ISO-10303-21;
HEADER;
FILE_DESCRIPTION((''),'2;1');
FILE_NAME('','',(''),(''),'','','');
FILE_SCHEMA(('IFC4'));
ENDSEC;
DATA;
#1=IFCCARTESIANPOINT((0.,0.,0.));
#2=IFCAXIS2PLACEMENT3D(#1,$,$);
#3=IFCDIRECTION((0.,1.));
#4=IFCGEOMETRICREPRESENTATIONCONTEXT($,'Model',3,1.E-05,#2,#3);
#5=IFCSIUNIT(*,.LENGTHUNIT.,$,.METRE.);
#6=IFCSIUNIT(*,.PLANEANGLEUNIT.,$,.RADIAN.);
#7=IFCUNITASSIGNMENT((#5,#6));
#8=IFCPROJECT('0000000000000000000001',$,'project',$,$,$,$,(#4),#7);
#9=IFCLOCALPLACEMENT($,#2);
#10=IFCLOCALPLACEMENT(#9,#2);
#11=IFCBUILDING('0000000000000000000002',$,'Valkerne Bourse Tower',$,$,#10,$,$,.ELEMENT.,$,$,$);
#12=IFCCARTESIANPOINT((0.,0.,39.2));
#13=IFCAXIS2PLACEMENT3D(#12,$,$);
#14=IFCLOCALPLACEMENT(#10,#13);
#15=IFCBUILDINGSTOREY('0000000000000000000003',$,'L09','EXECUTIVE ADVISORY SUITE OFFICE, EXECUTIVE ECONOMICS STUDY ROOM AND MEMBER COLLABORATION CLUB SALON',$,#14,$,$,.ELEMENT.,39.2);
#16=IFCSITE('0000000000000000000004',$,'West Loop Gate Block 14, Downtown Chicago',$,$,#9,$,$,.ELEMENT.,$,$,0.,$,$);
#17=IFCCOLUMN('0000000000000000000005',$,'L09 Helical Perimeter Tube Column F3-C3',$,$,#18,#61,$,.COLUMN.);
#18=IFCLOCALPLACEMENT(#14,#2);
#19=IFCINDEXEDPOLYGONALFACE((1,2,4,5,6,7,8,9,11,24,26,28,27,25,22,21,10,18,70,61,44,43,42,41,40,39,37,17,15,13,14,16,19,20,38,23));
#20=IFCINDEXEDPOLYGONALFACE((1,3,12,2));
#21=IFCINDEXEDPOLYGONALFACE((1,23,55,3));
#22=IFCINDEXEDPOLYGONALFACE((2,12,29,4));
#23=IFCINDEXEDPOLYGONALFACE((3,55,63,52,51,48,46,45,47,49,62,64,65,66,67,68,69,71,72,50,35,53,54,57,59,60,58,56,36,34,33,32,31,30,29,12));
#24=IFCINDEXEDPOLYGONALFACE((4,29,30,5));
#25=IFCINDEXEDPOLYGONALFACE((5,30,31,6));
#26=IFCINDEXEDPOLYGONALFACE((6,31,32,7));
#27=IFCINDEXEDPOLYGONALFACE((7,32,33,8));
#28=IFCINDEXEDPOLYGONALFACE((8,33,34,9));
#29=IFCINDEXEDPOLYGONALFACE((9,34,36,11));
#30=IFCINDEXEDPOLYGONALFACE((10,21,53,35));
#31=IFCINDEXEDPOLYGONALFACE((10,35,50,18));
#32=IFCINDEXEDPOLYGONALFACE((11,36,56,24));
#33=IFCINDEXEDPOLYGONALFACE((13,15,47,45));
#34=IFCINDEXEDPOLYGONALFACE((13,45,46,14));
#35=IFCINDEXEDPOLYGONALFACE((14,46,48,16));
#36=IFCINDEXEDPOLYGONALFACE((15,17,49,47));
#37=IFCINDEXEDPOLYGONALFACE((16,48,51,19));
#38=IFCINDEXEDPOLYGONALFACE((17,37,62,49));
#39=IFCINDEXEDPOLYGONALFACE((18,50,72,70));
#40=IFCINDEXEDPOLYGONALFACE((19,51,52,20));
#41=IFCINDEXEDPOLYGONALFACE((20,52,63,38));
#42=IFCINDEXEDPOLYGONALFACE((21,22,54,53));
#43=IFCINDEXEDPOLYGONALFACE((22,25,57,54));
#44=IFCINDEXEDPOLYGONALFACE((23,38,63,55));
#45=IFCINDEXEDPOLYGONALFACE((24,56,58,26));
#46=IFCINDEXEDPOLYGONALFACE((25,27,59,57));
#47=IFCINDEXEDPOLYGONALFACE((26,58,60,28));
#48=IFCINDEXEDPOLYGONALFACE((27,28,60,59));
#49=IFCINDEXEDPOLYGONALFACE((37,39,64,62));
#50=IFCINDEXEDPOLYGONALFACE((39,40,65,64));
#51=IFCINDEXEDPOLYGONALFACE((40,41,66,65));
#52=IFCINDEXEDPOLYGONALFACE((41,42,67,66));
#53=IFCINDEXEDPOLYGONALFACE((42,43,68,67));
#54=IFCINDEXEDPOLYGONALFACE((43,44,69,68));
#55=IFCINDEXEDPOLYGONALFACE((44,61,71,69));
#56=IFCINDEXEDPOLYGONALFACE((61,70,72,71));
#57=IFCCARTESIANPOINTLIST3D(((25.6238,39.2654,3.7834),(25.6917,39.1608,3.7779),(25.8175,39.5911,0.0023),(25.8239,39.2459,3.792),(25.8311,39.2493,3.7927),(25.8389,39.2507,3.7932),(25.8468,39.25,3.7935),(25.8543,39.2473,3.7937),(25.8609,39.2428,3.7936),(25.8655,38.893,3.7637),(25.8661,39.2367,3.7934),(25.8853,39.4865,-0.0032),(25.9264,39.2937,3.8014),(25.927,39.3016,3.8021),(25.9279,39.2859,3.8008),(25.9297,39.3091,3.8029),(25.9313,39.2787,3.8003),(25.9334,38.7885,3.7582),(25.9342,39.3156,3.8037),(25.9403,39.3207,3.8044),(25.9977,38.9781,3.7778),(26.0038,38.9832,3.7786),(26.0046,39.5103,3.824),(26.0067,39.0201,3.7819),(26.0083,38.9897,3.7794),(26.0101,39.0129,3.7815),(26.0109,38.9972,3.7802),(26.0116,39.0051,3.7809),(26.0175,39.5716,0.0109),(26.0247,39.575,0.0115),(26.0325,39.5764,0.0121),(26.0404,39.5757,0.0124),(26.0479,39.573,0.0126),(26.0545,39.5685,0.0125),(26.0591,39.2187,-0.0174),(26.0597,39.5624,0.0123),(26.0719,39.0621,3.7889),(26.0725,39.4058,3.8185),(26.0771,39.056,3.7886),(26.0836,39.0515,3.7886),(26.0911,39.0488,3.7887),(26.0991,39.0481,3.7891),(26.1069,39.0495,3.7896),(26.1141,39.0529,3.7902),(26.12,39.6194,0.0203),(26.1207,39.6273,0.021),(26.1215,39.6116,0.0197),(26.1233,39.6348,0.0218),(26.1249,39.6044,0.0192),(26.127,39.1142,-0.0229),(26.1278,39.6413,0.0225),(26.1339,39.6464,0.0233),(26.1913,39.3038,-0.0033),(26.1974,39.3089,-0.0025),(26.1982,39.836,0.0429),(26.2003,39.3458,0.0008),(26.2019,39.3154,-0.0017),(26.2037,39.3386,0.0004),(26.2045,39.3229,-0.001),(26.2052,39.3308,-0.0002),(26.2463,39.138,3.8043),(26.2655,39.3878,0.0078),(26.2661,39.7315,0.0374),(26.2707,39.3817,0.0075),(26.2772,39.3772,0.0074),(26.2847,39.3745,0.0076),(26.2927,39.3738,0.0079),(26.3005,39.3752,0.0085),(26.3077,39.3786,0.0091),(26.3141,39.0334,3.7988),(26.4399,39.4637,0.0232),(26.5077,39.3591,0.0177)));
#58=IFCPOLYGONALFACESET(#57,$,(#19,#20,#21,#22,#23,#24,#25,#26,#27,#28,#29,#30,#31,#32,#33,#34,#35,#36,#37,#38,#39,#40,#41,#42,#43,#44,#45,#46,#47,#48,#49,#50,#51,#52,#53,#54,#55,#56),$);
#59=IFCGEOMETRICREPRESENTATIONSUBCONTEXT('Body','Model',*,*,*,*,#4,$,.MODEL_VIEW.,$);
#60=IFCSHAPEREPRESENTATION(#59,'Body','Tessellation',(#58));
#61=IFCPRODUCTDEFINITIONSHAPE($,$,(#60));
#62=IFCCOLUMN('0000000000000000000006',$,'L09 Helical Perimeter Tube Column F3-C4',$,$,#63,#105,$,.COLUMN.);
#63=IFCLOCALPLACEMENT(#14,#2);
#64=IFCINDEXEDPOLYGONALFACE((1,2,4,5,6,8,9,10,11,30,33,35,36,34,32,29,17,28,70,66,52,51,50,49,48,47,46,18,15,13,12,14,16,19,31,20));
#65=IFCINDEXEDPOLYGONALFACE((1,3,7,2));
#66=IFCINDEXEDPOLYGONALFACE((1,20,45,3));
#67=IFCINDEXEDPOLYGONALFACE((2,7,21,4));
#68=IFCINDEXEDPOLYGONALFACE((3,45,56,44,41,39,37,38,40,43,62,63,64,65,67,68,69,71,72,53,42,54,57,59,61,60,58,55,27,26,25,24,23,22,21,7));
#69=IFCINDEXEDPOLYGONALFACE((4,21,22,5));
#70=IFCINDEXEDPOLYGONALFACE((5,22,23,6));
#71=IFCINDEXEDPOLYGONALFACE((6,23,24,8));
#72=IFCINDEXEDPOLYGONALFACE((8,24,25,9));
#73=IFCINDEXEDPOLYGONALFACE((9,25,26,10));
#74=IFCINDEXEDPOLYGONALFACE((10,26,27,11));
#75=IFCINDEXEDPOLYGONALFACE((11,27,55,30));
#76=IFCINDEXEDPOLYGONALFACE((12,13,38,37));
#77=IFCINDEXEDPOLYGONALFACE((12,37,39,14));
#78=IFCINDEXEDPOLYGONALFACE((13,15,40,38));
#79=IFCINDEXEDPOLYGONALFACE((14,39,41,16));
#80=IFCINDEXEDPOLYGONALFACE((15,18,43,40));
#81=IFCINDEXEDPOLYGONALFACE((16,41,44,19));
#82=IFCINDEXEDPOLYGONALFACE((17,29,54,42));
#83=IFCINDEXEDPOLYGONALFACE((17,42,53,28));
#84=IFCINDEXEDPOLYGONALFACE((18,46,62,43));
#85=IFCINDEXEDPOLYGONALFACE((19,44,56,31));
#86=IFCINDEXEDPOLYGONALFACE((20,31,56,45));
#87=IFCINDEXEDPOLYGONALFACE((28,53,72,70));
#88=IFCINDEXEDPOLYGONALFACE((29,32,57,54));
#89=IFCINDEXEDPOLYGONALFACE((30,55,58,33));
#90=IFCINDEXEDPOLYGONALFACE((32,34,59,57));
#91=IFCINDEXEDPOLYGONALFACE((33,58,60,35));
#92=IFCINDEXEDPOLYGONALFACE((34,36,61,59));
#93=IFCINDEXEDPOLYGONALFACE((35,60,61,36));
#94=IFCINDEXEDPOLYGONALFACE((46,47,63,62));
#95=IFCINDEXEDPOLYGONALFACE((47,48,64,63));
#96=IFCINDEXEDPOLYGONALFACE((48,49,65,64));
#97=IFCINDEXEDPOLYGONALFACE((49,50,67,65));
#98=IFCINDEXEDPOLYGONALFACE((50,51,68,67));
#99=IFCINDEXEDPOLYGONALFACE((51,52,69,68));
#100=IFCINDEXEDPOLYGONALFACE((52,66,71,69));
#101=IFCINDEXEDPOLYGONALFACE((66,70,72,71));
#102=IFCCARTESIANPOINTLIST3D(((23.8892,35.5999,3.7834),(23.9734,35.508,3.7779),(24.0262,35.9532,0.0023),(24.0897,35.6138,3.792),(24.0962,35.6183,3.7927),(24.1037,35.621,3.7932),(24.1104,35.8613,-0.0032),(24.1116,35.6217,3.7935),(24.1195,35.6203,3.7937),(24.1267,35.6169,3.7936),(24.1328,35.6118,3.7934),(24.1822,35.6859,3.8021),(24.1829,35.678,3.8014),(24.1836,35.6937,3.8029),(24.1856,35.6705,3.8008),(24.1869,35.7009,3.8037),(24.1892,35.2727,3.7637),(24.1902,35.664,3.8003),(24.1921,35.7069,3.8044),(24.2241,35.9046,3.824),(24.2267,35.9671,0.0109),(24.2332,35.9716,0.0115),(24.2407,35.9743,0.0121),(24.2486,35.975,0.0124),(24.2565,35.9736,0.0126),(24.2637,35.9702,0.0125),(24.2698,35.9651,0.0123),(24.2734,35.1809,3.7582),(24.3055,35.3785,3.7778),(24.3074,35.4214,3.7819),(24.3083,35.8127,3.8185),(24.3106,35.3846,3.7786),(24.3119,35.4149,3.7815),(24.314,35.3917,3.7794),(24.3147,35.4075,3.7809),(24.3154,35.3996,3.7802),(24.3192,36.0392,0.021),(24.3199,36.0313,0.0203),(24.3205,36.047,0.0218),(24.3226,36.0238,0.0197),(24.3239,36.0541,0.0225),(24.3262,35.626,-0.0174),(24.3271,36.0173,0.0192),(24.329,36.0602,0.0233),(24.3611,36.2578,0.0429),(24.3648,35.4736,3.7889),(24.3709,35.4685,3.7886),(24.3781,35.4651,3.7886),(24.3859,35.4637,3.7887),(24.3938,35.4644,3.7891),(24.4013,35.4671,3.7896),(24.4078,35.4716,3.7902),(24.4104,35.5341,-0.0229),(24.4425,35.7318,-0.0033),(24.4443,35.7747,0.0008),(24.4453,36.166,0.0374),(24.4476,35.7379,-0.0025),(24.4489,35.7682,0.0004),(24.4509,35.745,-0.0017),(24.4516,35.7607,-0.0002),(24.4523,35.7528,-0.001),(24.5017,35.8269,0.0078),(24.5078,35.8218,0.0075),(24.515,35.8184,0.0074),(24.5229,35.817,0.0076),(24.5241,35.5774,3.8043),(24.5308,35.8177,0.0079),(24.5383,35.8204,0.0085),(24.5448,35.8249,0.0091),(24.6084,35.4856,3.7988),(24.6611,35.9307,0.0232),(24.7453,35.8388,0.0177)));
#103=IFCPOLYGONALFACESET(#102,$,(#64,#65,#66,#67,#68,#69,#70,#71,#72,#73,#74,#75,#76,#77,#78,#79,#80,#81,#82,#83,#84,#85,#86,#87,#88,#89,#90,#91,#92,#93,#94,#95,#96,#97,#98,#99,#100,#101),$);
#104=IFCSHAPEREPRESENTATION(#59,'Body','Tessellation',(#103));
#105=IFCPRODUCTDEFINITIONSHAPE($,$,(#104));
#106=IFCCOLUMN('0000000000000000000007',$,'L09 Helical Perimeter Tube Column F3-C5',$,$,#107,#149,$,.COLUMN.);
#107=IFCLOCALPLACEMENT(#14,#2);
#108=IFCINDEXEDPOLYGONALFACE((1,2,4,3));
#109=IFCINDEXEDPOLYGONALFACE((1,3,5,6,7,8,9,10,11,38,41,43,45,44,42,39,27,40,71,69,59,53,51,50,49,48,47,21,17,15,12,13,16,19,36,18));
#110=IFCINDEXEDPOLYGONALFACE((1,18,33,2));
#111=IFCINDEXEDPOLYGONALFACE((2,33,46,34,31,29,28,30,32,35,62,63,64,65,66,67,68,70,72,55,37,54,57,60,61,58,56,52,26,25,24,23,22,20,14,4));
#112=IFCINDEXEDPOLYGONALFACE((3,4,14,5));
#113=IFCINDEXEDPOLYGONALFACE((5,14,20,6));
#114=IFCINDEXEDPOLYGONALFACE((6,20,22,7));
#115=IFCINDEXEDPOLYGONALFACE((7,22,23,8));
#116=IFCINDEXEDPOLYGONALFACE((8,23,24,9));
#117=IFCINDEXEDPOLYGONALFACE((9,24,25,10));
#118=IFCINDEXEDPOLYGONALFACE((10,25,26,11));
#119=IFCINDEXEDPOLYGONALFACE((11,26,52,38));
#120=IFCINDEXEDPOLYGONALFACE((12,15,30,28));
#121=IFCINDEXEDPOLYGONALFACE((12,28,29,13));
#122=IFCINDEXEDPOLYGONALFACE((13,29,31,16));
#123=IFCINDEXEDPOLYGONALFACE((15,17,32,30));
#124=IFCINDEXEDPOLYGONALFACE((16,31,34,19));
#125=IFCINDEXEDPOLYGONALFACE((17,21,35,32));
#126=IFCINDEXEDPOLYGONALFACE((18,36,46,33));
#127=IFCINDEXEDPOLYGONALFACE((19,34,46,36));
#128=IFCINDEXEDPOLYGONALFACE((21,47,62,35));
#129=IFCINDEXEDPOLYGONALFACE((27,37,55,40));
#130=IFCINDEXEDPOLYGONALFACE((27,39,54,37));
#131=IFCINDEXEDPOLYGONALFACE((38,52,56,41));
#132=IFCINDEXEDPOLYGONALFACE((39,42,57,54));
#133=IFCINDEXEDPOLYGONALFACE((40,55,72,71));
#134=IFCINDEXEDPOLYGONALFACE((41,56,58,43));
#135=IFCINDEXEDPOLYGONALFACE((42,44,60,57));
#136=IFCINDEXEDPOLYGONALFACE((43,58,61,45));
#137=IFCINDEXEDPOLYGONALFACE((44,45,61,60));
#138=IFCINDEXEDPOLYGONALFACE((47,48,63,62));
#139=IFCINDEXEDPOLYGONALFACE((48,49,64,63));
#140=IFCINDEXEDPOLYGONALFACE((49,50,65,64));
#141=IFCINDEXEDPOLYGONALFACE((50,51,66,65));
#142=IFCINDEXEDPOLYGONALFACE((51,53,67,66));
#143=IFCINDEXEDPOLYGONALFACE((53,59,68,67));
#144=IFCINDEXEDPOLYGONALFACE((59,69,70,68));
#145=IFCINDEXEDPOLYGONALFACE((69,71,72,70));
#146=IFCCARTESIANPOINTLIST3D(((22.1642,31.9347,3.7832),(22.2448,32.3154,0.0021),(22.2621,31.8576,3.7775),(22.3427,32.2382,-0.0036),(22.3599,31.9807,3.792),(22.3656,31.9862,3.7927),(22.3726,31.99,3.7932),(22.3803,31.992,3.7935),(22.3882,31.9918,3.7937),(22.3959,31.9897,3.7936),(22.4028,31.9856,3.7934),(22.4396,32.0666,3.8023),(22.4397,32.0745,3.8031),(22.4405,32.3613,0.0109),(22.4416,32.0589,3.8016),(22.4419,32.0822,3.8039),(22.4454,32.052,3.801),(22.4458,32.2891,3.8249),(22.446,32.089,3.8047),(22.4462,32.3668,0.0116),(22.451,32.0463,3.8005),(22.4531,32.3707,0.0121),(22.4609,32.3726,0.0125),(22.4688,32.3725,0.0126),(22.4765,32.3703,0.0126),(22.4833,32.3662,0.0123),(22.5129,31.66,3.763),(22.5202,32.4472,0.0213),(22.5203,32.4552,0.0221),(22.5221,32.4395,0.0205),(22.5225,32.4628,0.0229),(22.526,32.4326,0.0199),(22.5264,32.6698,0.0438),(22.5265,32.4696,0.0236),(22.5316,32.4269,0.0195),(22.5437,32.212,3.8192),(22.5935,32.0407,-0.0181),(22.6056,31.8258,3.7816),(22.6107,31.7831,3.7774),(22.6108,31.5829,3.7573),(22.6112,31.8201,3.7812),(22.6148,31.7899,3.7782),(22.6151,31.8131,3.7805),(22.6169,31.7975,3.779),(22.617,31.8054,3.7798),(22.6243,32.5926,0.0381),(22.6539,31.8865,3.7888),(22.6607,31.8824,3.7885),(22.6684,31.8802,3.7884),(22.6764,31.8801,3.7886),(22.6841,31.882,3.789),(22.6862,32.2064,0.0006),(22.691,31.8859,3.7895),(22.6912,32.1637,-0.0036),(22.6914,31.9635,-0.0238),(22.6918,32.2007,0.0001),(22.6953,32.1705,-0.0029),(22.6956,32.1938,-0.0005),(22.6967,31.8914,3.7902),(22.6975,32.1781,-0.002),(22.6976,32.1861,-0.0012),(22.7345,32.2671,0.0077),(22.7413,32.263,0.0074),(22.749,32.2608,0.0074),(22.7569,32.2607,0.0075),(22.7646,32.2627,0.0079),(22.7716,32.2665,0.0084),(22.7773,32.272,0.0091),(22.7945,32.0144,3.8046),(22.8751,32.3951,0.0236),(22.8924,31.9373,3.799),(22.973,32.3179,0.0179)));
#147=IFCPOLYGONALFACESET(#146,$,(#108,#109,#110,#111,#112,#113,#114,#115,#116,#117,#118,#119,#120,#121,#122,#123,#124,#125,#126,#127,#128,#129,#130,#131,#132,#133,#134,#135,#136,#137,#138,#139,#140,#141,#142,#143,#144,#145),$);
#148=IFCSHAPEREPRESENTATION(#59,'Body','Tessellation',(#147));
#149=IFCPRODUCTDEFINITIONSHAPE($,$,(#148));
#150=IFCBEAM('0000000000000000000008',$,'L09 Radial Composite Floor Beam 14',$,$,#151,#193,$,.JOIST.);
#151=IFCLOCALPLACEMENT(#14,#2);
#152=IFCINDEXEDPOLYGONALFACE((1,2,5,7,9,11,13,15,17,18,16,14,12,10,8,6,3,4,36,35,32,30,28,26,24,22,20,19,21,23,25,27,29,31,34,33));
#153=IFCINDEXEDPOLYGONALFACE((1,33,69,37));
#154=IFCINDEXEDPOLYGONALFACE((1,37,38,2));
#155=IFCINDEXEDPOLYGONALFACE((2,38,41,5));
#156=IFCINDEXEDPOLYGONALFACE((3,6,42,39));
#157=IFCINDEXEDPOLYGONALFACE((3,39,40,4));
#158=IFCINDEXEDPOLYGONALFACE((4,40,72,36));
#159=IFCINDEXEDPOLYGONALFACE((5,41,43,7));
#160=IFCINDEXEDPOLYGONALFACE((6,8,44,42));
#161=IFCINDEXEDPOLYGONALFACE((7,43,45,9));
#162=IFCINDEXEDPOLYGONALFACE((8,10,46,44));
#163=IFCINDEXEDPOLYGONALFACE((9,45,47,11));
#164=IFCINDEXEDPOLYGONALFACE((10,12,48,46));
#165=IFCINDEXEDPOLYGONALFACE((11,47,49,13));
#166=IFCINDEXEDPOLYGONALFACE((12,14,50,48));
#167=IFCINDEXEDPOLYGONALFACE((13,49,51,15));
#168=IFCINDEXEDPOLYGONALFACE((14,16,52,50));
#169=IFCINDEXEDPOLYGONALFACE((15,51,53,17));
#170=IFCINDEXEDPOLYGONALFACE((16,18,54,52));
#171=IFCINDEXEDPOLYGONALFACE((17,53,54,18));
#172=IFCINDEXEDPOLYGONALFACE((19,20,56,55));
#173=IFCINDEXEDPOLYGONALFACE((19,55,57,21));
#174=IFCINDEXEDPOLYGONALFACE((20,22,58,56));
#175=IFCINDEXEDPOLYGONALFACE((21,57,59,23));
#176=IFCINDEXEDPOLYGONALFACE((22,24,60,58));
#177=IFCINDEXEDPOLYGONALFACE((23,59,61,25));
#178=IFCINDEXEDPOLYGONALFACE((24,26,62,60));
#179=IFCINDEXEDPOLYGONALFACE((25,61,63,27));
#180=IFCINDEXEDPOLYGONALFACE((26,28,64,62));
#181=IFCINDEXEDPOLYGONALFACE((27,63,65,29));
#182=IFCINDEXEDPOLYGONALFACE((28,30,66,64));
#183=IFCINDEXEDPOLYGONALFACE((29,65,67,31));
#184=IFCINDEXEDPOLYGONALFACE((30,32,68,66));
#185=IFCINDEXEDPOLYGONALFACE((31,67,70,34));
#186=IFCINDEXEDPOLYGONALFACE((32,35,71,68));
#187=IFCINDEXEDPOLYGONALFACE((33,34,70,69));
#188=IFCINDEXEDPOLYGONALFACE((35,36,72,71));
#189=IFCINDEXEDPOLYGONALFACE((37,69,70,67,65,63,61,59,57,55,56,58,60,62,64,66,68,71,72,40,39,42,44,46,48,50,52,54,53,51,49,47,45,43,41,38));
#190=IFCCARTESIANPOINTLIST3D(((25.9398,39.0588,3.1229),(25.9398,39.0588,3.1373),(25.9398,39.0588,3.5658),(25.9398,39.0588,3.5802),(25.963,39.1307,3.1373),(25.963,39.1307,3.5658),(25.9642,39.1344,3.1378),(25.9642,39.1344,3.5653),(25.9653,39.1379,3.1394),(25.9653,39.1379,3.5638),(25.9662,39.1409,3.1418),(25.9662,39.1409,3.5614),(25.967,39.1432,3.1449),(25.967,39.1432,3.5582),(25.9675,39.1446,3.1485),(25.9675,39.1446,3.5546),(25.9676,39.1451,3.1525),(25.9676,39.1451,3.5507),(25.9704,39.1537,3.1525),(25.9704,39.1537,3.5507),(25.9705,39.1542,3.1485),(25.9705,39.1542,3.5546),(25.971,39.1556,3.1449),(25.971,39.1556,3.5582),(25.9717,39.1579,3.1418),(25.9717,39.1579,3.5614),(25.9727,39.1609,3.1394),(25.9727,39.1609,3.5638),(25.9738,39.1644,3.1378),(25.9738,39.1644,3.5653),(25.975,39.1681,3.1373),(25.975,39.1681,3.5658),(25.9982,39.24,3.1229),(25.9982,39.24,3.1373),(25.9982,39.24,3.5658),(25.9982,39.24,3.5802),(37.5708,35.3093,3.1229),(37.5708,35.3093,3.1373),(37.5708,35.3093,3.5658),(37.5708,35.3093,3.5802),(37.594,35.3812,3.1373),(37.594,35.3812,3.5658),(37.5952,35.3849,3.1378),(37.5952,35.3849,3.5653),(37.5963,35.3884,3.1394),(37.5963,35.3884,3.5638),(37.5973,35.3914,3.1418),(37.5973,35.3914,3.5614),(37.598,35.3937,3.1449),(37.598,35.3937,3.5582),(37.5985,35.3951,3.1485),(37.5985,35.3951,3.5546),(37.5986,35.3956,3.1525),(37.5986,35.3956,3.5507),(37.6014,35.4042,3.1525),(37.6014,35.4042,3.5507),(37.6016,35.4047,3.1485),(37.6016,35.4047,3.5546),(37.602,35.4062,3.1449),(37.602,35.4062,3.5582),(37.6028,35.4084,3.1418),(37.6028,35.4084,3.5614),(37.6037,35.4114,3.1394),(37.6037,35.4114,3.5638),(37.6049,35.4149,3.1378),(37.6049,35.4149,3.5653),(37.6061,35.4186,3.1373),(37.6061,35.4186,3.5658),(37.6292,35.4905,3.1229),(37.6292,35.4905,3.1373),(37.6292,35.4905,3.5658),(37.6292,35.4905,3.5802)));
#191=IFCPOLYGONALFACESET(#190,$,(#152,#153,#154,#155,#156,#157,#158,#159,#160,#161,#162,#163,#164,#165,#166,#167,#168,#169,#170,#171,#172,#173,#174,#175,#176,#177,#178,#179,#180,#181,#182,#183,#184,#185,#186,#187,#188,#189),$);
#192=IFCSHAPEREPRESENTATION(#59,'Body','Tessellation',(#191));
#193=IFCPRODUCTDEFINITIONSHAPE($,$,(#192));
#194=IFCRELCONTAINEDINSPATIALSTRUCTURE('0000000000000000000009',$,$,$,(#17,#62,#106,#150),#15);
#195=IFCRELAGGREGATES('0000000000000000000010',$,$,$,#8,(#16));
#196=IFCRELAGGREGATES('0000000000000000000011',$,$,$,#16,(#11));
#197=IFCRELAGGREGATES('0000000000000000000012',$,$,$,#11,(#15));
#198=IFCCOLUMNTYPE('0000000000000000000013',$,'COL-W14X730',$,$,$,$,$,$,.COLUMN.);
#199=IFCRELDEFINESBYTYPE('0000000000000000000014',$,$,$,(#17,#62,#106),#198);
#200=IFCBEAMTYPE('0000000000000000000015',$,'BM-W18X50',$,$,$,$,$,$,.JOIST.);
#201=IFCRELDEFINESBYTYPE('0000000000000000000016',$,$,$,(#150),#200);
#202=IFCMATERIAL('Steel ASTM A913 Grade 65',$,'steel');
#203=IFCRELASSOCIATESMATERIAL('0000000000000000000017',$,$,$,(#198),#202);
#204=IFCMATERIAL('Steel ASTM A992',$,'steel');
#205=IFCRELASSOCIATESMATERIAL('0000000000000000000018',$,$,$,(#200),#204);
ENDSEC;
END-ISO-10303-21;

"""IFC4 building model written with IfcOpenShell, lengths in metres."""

from ifc_helpers import new_model, si_unit, direction, frame, origin, origin_2d, place, context, subcontext, project, spatial, i_section, extrude, material, material_profile, profile_set, type_object, element, save


model = new_model("IFC4")

# Units and contexts
model_context = context("Model", 3, precision=1e-05, world=origin(), true_north=direction((0.0, 1.0)))
body_context = subcontext(model_context, "Body", "Model", "MODEL_VIEW")
ifc_project = project(units=[si_unit("LENGTHUNIT", "METRE"), si_unit("PLANEANGLEUNIT", "RADIAN")], contexts=[model_context])

# Site, building, storey
site_placement = place(None, origin())
site = spatial("IfcSite", under=ifc_project, at=site_placement, Name="West Loop Gate Block 14, Downtown Chicago", CompositionType="ELEMENT", RefElevation=0.0)
building_placement = place(site_placement, origin())
building = spatial("IfcBuilding", under=site, at=building_placement, Name="Valkerne Bourse Tower", CompositionType="ELEMENT")
storey_placement = place(building_placement, frame((0.0, 0.0, 39.2)))
storey = spatial("IfcBuildingStorey", under=building, at=storey_placement, Name="L09", Description="EXECUTIVE ADVISORY SUITE OFFICE, EXECUTIVE ECONOMICS STUDY ROOM AND MEMBER COLLABORATION CLUB SALON", CompositionType="ELEMENT", Elevation=39.2)

# Columns
ifc_material_1 = material(Name="Steel ASTM A913 Grade 65", Category="steel")
ifc_material_profile_1 = material_profile(ifc_material_1, i_section(OverallWidth=0.4546, OverallDepth=0.5691, WebThickness=0.0779, FlangeThickness=0.1248, FilletRadius=0.0305, at=origin_2d()), Name="W14X730")
ifc_profile_set_1 = profile_set([ifc_material_profile_1], Name="Steel ASTM A913 Grade 65")
column_type = type_object("IfcColumnType", Name="COL-W14X730", PredefinedType="COLUMN", material=ifc_profile_set_1)
for number, where, z_axis, x_axis, name in (
    (1, (26.1626, 39.4751, 0.01), (-0.050949, -0.085708, 0.995017), (-0.837618, -0.538906, -0.089309), "L09 Helical Perimeter Tube Column F3-C3"),
    (2, (24.3857, 35.896, 0.01), (-0.036043, -0.092968, 0.995017), (-0.736739, -0.670253, -0.089311), "L09 Helical Perimeter Tube Column F3-C4"),
):
    element("IfcColumn", number, at=place(storey_placement, frame(where, z_axis=z_axis, x_axis=x_axis)), inside=storey, type_object=column_type, Name=name, PredefinedType="COLUMN", context=body_context, shape_type="SweptSolid", body=[
        extrude(i_section(OverallWidth=0.4546, OverallDepth=0.5691, WebThickness=0.0779, FlangeThickness=0.1248, FilletRadius=0.0305, at=origin_2d()), origin(), (0.0, 0.0, 1.0), 3.8),
    ])
column_placement = place(storey_placement, frame((22.6089, 32.3167, 0.01), z_axis=(-0.021196, -0.100136, 0.994748), x_axis=(-0.619512, -0.779615, -0.091681)))
element("IfcColumn", 3, at=column_placement, inside=storey, type_object=column_type, Name="L09 Helical Perimeter Tube Column F3-C5", PredefinedType="COLUMN", context=body_context, shape_type="SweptSolid", body=[
    extrude(i_section(OverallWidth=0.4546, OverallDepth=0.5691, WebThickness=0.0779, FlangeThickness=0.1248, FilletRadius=0.0305, at=origin_2d()), origin(), (0.0, 0.0, 1.0), 3.801),
])

# Beam
ifc_material_2 = material(Name="Steel ASTM A992", Category="steel")
ifc_material_profile_2 = material_profile(ifc_material_2, i_section(OverallWidth=0.1904, OverallDepth=0.4573, WebThickness=0.009, FlangeThickness=0.0144, FilletRadius=0.0151, at=origin_2d()), Name="W18X50")
ifc_profile_set_2 = profile_set([ifc_material_profile_2], Name="Steel ASTM A992")
beam_type_1 = type_object("IfcBeamType", Name="BM-W18X50", PredefinedType="JOIST", material=ifc_profile_set_2)
beam_1_placement = place(storey_placement, frame((25.969, 39.1494, 3.3516), z_axis=(0.951767, -0.306821, 0.0), x_axis=(0.306821, 0.951767, 0.0)))
element("IfcBeam", 4, at=beam_1_placement, inside=storey, type_object=beam_type_1, Name="L09 Radial Composite Floor Beam 14", PredefinedType="JOIST", context=body_context, shape_type="SweptSolid", body=[
    extrude(i_section(OverallWidth=0.1904, OverallDepth=0.4573, WebThickness=0.009, FlangeThickness=0.0144, FilletRadius=0.0151, at=origin_2d()), origin(), (0.0, 0.0, 1.0), 12.2205),
])

save(model, "model.ifc")
